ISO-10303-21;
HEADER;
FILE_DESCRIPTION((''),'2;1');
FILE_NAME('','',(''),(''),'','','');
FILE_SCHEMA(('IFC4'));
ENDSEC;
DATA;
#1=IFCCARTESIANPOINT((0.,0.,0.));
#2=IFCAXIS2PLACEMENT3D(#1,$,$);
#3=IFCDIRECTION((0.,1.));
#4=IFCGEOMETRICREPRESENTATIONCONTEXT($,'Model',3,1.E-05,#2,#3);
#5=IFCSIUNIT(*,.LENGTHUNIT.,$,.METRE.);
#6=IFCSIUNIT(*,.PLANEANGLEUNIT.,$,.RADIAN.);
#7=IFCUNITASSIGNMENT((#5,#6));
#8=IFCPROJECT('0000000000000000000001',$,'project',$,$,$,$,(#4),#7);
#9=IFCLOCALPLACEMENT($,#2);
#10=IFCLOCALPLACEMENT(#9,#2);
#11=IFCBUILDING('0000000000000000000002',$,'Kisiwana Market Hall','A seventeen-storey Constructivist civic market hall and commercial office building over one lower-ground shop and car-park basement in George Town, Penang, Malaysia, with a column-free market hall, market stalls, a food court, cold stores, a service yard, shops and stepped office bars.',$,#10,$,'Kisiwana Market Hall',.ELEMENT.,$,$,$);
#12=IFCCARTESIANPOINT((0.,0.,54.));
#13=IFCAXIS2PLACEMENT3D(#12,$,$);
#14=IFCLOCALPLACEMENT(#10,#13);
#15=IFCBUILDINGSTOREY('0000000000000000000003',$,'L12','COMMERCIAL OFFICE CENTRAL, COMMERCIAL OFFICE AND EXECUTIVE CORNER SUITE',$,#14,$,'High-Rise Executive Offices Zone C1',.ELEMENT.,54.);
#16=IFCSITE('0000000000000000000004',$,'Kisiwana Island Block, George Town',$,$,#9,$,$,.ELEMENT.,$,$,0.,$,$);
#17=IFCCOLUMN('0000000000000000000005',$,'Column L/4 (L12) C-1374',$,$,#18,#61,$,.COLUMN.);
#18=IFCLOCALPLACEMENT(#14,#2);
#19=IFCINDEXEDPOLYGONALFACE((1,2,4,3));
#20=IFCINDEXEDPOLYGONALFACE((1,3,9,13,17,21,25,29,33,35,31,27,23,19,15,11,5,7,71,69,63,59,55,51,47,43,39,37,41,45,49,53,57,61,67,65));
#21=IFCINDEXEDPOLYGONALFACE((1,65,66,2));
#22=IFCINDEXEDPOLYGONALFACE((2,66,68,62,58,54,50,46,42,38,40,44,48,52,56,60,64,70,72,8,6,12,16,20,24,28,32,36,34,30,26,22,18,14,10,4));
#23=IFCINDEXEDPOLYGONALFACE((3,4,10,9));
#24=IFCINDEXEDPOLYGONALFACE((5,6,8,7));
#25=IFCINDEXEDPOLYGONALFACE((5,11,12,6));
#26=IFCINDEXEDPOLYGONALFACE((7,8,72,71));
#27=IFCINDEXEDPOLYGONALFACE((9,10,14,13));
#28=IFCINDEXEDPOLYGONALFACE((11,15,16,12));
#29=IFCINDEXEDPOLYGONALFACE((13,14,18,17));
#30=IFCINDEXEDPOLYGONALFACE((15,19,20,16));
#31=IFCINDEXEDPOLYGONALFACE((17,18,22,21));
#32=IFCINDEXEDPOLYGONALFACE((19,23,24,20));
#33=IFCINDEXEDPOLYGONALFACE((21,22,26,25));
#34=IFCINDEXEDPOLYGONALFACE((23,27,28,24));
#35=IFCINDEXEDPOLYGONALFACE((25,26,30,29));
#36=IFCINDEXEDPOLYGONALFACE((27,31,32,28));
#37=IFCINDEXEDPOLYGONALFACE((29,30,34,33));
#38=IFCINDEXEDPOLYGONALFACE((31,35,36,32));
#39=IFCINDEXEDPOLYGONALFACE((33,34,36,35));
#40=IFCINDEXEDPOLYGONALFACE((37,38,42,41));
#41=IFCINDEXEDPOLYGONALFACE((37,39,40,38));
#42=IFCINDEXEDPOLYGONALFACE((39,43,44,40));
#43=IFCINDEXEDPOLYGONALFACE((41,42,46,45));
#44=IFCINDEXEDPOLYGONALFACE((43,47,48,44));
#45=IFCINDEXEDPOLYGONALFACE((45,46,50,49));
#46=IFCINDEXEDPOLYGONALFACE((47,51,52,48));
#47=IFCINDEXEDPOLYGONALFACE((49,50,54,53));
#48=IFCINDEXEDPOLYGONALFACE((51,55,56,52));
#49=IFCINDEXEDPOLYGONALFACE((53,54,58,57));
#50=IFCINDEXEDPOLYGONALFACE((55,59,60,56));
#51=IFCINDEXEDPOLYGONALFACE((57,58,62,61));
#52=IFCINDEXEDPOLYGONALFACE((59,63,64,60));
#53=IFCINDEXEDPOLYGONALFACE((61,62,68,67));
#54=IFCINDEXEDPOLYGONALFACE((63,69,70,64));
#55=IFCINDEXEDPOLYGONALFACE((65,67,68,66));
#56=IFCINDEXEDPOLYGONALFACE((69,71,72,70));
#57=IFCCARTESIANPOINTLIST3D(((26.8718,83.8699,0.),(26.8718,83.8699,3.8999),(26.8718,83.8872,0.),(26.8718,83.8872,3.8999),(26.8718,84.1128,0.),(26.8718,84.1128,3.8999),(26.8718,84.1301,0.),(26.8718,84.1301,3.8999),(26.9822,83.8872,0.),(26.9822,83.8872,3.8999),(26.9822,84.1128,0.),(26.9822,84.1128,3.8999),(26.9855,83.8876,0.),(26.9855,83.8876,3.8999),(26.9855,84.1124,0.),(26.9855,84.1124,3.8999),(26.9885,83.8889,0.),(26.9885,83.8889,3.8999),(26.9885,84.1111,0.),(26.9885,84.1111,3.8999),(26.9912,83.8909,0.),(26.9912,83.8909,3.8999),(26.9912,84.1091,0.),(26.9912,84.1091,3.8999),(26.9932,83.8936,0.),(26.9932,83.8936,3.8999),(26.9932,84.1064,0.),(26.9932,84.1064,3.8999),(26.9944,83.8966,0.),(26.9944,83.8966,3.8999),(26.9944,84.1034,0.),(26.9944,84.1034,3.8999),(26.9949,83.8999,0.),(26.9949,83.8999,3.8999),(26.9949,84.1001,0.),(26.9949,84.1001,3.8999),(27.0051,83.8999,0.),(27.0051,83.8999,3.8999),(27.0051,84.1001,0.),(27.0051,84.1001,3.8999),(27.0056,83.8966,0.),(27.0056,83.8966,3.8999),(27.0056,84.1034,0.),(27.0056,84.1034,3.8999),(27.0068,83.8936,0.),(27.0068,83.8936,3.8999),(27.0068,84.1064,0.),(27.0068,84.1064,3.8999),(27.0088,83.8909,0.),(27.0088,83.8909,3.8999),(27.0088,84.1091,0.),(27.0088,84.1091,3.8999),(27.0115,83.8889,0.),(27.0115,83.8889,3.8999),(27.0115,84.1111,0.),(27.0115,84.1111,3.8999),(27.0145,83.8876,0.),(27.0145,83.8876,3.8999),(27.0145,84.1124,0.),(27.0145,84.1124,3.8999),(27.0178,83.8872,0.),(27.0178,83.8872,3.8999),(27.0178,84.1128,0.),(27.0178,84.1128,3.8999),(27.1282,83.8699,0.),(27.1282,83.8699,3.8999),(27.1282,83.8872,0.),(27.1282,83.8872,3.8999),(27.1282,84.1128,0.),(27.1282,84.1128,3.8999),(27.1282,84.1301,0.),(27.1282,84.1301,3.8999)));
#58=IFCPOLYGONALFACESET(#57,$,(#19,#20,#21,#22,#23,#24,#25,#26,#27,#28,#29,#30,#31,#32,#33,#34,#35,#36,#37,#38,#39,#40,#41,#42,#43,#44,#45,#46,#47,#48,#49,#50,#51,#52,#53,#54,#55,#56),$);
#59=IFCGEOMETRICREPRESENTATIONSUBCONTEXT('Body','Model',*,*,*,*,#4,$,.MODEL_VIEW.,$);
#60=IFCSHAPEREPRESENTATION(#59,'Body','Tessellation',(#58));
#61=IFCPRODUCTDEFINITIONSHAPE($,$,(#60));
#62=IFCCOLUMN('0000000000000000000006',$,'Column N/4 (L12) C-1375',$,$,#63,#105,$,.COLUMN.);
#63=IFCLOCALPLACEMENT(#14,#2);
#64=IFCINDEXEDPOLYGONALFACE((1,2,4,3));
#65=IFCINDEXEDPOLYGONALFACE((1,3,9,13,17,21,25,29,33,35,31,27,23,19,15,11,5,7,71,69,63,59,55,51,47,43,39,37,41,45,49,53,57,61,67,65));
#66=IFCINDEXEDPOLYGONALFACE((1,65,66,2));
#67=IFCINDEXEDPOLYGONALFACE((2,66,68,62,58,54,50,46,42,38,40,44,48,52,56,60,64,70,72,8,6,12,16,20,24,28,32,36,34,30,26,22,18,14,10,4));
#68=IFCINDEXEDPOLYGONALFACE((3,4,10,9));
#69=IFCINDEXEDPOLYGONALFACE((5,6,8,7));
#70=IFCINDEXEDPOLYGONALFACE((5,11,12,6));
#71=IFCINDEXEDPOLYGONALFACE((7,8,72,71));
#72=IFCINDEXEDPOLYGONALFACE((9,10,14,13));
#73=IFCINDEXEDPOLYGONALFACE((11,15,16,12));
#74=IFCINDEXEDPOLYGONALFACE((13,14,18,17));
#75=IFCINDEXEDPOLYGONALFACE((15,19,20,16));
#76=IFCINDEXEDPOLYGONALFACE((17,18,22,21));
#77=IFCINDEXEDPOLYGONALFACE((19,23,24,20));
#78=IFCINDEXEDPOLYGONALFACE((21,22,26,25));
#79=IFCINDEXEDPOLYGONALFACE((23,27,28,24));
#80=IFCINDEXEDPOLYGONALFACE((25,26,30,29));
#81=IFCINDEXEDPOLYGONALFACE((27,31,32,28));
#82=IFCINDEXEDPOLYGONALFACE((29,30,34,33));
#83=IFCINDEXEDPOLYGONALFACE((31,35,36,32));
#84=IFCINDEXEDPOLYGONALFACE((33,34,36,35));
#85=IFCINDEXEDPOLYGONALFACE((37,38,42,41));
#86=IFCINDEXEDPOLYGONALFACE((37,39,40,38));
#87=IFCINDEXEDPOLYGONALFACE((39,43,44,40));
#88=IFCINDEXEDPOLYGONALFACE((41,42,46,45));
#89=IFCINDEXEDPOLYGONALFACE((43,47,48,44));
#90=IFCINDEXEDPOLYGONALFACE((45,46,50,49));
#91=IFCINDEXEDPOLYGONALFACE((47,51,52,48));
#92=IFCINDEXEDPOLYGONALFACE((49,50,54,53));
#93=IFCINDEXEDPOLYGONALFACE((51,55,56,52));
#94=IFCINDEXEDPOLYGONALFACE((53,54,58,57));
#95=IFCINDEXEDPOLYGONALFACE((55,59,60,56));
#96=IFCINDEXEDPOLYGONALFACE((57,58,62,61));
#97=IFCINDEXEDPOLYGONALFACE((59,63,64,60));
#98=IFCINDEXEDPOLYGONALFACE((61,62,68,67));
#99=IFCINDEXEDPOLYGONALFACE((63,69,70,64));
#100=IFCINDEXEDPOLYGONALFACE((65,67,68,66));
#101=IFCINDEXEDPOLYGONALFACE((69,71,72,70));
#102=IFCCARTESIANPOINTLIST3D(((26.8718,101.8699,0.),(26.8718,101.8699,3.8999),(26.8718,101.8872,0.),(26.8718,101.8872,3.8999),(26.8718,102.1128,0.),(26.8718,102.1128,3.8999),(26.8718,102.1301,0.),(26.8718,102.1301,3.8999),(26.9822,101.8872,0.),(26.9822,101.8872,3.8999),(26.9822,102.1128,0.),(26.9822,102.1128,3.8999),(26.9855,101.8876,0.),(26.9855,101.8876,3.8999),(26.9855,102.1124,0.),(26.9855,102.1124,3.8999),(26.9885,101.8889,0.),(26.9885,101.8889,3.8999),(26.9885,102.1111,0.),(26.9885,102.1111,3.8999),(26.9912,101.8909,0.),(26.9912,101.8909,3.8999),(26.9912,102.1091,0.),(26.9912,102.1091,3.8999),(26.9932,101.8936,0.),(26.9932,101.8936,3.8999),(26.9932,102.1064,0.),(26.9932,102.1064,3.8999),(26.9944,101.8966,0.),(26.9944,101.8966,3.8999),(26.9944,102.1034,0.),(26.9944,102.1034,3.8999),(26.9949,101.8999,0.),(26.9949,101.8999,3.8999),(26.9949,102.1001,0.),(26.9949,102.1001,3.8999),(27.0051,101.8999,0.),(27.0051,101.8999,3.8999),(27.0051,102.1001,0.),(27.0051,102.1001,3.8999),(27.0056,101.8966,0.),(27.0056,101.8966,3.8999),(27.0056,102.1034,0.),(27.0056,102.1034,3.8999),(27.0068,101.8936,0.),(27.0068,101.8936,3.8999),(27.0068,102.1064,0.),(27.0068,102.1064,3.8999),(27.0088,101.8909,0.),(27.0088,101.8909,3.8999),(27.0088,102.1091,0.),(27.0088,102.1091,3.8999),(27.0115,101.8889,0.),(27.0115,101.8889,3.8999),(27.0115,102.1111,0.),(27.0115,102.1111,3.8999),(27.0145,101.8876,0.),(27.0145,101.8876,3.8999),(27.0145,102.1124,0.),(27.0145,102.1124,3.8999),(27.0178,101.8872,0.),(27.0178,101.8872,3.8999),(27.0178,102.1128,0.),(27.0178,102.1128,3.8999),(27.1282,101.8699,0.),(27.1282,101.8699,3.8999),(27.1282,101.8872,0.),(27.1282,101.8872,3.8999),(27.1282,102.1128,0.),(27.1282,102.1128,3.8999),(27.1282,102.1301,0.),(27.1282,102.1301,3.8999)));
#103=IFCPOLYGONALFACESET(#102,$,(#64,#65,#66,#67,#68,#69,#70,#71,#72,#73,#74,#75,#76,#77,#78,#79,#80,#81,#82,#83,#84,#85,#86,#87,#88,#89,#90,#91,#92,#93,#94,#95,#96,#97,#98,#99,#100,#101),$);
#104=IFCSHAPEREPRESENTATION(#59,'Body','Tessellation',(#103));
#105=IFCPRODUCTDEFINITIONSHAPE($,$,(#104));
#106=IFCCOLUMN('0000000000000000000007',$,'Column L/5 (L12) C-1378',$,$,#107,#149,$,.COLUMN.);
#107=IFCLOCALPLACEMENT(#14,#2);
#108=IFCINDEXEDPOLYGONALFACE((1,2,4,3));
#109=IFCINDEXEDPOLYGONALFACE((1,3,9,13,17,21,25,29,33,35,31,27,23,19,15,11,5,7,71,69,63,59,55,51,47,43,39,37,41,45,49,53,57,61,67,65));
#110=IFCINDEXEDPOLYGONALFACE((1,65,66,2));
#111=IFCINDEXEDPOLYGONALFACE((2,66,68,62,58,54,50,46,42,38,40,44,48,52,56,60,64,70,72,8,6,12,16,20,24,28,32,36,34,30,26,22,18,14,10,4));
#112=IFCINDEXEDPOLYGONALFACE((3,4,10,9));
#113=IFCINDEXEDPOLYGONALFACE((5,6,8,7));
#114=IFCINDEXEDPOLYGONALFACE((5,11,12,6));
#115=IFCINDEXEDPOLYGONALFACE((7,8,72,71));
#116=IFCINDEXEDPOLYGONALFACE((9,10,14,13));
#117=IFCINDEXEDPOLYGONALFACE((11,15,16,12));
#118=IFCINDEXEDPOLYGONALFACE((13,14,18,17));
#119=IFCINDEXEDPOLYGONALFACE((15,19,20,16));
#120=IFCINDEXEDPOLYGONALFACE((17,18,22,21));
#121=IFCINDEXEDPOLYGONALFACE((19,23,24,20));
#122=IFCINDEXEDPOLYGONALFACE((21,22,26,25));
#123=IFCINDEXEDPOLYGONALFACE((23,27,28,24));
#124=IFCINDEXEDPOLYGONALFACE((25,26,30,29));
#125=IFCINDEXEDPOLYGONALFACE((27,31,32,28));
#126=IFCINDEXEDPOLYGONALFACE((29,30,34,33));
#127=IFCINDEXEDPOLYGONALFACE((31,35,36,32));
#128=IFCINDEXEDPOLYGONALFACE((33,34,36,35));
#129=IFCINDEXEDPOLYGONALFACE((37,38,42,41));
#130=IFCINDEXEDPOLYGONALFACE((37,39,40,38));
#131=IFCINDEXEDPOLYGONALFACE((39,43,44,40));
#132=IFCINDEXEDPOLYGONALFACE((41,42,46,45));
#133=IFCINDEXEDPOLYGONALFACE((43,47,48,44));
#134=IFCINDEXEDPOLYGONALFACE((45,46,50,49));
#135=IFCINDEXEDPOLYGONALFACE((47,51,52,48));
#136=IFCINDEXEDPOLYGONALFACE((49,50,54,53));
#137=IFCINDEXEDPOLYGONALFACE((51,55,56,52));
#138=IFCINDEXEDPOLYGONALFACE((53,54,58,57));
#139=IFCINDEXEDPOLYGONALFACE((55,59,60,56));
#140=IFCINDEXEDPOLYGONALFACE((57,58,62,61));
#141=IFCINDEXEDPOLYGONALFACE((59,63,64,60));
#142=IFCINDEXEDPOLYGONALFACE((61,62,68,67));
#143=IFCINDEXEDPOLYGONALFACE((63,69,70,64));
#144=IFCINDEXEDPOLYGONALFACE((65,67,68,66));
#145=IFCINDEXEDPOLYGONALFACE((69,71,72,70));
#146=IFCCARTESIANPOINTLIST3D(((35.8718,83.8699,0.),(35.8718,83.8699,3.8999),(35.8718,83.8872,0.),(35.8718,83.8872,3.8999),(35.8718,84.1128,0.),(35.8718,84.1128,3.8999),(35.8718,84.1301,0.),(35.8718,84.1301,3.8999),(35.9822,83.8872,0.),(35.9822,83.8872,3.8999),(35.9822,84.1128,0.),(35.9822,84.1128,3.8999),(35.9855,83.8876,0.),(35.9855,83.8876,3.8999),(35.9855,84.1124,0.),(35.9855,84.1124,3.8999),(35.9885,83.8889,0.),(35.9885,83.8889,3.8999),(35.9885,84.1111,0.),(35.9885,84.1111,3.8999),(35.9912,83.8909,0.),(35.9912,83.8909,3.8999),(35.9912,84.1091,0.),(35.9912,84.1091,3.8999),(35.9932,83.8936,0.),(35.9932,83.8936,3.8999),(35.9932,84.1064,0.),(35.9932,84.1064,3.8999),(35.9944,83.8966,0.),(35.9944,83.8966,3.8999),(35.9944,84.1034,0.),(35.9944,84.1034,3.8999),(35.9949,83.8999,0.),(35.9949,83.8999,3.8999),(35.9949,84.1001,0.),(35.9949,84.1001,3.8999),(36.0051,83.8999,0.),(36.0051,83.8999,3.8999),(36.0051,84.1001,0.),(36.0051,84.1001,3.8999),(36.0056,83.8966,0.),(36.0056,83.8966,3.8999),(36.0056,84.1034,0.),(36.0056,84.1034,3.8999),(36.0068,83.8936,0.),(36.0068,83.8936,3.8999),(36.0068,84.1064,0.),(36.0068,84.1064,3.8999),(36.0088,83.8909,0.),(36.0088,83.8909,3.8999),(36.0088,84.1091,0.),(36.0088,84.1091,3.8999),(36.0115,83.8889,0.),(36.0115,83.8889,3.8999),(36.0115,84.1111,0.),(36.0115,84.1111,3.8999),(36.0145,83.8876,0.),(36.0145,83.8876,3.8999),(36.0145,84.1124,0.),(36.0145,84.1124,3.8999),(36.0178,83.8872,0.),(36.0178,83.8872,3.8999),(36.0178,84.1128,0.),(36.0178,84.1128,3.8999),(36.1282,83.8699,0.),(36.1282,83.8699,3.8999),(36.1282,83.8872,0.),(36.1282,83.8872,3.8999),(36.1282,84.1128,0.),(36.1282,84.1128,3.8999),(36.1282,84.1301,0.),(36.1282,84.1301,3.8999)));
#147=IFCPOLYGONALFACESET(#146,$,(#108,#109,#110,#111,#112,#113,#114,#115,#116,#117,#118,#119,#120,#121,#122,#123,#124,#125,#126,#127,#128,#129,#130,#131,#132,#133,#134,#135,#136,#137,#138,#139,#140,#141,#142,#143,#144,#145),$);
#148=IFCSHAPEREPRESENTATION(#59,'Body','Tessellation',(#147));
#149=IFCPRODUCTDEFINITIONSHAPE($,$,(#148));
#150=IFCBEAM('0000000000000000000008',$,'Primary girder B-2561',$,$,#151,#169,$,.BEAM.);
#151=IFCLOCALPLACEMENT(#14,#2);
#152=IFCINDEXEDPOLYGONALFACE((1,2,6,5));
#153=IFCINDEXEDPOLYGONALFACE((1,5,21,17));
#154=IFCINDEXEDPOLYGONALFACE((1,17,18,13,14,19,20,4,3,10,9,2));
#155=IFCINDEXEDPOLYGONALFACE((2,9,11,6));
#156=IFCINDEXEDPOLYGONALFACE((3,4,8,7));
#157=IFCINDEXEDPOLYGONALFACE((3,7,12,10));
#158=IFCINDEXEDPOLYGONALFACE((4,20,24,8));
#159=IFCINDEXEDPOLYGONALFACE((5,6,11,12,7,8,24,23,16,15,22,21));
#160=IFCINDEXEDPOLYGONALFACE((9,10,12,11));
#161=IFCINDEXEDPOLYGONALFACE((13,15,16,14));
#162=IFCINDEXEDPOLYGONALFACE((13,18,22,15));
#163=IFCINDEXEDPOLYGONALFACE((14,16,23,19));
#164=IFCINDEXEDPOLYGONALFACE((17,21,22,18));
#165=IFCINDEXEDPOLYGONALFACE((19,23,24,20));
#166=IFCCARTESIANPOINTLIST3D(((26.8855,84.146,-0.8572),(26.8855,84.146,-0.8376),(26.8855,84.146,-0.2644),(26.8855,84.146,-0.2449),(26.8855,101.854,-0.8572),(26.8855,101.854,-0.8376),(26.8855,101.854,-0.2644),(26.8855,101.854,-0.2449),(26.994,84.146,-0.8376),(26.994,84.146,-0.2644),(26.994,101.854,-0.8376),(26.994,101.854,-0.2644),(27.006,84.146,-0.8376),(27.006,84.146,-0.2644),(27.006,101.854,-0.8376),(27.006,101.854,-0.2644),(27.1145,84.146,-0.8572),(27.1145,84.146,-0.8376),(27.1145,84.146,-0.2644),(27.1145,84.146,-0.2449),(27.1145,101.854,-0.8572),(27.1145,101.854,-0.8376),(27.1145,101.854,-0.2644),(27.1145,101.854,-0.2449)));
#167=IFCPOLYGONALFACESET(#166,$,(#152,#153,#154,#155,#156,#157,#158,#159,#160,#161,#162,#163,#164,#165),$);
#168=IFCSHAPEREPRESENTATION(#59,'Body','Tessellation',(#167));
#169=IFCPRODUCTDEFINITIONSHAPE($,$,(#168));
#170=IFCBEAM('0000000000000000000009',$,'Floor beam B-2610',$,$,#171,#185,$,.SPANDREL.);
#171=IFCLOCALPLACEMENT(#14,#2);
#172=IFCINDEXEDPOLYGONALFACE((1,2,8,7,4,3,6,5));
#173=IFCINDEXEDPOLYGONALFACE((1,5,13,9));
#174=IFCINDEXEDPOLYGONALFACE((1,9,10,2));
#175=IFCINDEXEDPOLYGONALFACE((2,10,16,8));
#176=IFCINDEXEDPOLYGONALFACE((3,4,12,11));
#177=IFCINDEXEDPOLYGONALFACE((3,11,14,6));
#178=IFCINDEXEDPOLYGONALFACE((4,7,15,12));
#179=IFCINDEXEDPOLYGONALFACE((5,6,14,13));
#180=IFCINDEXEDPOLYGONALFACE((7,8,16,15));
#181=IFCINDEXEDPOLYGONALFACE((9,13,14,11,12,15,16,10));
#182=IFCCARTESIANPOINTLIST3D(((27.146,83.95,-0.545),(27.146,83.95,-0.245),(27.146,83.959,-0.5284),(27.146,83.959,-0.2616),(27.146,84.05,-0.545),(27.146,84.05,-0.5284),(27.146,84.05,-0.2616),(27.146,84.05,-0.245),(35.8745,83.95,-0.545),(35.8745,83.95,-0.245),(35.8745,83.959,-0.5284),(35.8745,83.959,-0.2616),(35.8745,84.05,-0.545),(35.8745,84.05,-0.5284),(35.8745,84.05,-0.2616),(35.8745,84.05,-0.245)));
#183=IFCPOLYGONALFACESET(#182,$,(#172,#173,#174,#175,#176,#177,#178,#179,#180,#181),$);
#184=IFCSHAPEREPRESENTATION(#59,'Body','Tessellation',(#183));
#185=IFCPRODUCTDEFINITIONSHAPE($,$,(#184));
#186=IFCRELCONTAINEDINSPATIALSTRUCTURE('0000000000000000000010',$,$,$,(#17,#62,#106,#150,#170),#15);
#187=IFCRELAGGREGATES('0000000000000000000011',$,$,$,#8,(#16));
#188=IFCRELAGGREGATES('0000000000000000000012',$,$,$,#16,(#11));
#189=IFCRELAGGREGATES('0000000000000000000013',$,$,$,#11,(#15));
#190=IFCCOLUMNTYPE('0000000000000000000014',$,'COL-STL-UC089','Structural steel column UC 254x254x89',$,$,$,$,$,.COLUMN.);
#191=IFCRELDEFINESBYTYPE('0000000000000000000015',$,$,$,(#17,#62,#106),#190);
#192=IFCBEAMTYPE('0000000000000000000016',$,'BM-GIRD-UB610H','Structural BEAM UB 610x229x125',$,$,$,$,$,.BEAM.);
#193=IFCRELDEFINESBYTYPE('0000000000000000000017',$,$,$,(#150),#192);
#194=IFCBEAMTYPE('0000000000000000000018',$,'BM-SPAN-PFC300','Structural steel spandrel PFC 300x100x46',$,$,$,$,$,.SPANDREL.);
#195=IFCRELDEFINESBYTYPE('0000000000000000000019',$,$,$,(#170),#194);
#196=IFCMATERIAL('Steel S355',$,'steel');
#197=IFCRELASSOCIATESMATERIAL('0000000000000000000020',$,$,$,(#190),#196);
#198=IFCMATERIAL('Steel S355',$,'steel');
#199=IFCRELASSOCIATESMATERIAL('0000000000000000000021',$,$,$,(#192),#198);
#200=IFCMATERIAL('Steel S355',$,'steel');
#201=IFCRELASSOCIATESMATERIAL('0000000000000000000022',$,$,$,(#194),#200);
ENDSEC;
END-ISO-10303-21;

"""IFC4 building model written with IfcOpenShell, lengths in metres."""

from ifc_helpers import new_model, si_unit, direction, frame, origin, origin_2d, place, context, subcontext, project, spatial, i_section, u_section, extrude, material, material_profile, profile_set, type_object, element, save


model = new_model("IFC4")

# Units and contexts
model_context = context("Model", 3, precision=1e-05, world=origin(), true_north=direction((0.0, 1.0)))
body_context = subcontext(model_context, "Body", "Model", "MODEL_VIEW")
ifc_project = project(units=[si_unit("LENGTHUNIT", "METRE"), si_unit("PLANEANGLEUNIT", "RADIAN")], contexts=[model_context])

# Site, building, storey
site_placement = place(None, origin())
site = spatial("IfcSite", under=ifc_project, at=site_placement, Name="Kisiwana Island Block, George Town", CompositionType="ELEMENT", RefElevation=0.0)
building_placement = place(site_placement, origin())
building = spatial("IfcBuilding", under=site, at=building_placement, Name="Kisiwana Market Hall", Description="A seventeen-storey Constructivist civic market hall and commercial office building over one lower-ground shop and car-park basement in George Town, Penang, Malaysia, with a column-free market hall, market stalls, a food court, cold stores, a service yard, shops and stepped office bars.", LongName="Kisiwana Market Hall", CompositionType="ELEMENT")
storey_placement = place(building_placement, frame((0.0, 0.0, 54.0)))
storey = spatial("IfcBuildingStorey", under=building, at=storey_placement, Name="L12", Description="COMMERCIAL OFFICE CENTRAL, COMMERCIAL OFFICE AND EXECUTIVE CORNER SUITE", LongName="High-Rise Executive Offices Zone C1", CompositionType="ELEMENT", Elevation=54.0)

# Columns
ifc_material_1 = material(Name="Steel S355", Category="steel")
ifc_material_profile_1 = material_profile(ifc_material_1, i_section(OverallWidth=0.2563, OverallDepth=0.2603, WebThickness=0.0103, FlangeThickness=0.0173, FilletRadius=0.0127, at=origin_2d()), Name="UC 254x254x89")
ifc_profile_set_1 = profile_set([ifc_material_profile_1], Name="Steel S355")
column_type = type_object("IfcColumnType", Name="COL-STL-UC089", Description="Structural steel column UC 254x254x89", PredefinedType="COLUMN", material=ifc_profile_set_1)
for number, where, z_axis, x_axis, name in (
    (1, (27.0, 84.0, 0.0), (0.0, 0.0, 1.0), (1.0, 0.0, 0.0), "Column L/4 (L12) C-1374"),
    (2, (27.0, 102.0, 0.0), (0.0, 0.0, 1.0), (1.0, 0.0, 0.0), "Column N/4 (L12) C-1375"),
    (3, (36.0, 84.0, 0.0), (0.0, 0.0, 1.0), (1.0, 0.0, 0.0), "Column L/5 (L12) C-1378"),
):
    element("IfcColumn", number, at=place(storey_placement, frame(where, z_axis=z_axis, x_axis=x_axis)), inside=storey, type_object=column_type, Name=name, PredefinedType="COLUMN", context=body_context, shape_type="SweptSolid", body=[
        extrude(i_section(OverallWidth=0.2563, OverallDepth=0.2603, WebThickness=0.0103, FlangeThickness=0.0173, FilletRadius=0.0127, at=origin_2d()), origin(), (0.0, 0.0, 1.0), 3.8999),
    ])

# Beams
ifc_material_2 = material(Name="Steel S355", Category="steel")
ifc_material_profile_2 = material_profile(ifc_material_2, i_section(OverallWidth=0.229, OverallDepth=0.6123, WebThickness=0.012, FlangeThickness=0.0195, at=origin_2d()), Name="UB 610x229x125")
ifc_profile_set_2 = profile_set([ifc_material_profile_2], Name="Steel S355")
beam_type_1 = type_object("IfcBeamType", Name="BM-GIRD-UB610H", Description="Structural BEAM UB 610x229x125", PredefinedType="BEAM", material=ifc_profile_set_2)
beam_1_placement = place(storey_placement, frame((27.0, 84.146, -0.551), z_axis=(0.0, 1.0, 0.0), x_axis=(-1.0, 0.0, 0.0)))
element("IfcBeam", 4, at=beam_1_placement, inside=storey, type_object=beam_type_1, Name="Primary girder B-2561", PredefinedType="BEAM", context=body_context, shape_type="SweptSolid", body=[
    extrude(i_section(OverallWidth=0.229, OverallDepth=0.6123, WebThickness=0.012, FlangeThickness=0.0195, at=origin_2d()), origin(), (0.0, 0.0, 1.0), 17.708),
])
ifc_material_3 = material(Name="Steel S355", Category="steel")
ifc_material_profile_3 = material_profile(ifc_material_3, u_section(Depth=0.3, FlangeWidth=0.1001, WebThickness=0.009, FlangeThickness=0.0166, at=origin_2d()), Name="PFC 300x100x46")
ifc_profile_set_3 = profile_set([ifc_material_profile_3], Name="Steel S355")
beam_type_2 = type_object("IfcBeamType", Name="BM-SPAN-PFC300", Description="Structural steel spandrel PFC 300x100x46", PredefinedType="SPANDREL", material=ifc_profile_set_3)
beam_2_placement = place(storey_placement, frame((27.146, 84.0, -0.395), z_axis=(1.0, 0.0, 0.0), x_axis=(0.0, 1.0, 0.0)))
element("IfcBeam", 5, at=beam_2_placement, inside=storey, type_object=beam_type_2, Name="Floor beam B-2610", PredefinedType="SPANDREL", context=body_context, shape_type="SweptSolid", body=[
    extrude(u_section(Depth=0.3, FlangeWidth=0.1001, WebThickness=0.009, FlangeThickness=0.0166, at=origin_2d()), origin(), (0.0, 0.0, 1.0), 8.7285),
])

save(model, "model.ifc")
